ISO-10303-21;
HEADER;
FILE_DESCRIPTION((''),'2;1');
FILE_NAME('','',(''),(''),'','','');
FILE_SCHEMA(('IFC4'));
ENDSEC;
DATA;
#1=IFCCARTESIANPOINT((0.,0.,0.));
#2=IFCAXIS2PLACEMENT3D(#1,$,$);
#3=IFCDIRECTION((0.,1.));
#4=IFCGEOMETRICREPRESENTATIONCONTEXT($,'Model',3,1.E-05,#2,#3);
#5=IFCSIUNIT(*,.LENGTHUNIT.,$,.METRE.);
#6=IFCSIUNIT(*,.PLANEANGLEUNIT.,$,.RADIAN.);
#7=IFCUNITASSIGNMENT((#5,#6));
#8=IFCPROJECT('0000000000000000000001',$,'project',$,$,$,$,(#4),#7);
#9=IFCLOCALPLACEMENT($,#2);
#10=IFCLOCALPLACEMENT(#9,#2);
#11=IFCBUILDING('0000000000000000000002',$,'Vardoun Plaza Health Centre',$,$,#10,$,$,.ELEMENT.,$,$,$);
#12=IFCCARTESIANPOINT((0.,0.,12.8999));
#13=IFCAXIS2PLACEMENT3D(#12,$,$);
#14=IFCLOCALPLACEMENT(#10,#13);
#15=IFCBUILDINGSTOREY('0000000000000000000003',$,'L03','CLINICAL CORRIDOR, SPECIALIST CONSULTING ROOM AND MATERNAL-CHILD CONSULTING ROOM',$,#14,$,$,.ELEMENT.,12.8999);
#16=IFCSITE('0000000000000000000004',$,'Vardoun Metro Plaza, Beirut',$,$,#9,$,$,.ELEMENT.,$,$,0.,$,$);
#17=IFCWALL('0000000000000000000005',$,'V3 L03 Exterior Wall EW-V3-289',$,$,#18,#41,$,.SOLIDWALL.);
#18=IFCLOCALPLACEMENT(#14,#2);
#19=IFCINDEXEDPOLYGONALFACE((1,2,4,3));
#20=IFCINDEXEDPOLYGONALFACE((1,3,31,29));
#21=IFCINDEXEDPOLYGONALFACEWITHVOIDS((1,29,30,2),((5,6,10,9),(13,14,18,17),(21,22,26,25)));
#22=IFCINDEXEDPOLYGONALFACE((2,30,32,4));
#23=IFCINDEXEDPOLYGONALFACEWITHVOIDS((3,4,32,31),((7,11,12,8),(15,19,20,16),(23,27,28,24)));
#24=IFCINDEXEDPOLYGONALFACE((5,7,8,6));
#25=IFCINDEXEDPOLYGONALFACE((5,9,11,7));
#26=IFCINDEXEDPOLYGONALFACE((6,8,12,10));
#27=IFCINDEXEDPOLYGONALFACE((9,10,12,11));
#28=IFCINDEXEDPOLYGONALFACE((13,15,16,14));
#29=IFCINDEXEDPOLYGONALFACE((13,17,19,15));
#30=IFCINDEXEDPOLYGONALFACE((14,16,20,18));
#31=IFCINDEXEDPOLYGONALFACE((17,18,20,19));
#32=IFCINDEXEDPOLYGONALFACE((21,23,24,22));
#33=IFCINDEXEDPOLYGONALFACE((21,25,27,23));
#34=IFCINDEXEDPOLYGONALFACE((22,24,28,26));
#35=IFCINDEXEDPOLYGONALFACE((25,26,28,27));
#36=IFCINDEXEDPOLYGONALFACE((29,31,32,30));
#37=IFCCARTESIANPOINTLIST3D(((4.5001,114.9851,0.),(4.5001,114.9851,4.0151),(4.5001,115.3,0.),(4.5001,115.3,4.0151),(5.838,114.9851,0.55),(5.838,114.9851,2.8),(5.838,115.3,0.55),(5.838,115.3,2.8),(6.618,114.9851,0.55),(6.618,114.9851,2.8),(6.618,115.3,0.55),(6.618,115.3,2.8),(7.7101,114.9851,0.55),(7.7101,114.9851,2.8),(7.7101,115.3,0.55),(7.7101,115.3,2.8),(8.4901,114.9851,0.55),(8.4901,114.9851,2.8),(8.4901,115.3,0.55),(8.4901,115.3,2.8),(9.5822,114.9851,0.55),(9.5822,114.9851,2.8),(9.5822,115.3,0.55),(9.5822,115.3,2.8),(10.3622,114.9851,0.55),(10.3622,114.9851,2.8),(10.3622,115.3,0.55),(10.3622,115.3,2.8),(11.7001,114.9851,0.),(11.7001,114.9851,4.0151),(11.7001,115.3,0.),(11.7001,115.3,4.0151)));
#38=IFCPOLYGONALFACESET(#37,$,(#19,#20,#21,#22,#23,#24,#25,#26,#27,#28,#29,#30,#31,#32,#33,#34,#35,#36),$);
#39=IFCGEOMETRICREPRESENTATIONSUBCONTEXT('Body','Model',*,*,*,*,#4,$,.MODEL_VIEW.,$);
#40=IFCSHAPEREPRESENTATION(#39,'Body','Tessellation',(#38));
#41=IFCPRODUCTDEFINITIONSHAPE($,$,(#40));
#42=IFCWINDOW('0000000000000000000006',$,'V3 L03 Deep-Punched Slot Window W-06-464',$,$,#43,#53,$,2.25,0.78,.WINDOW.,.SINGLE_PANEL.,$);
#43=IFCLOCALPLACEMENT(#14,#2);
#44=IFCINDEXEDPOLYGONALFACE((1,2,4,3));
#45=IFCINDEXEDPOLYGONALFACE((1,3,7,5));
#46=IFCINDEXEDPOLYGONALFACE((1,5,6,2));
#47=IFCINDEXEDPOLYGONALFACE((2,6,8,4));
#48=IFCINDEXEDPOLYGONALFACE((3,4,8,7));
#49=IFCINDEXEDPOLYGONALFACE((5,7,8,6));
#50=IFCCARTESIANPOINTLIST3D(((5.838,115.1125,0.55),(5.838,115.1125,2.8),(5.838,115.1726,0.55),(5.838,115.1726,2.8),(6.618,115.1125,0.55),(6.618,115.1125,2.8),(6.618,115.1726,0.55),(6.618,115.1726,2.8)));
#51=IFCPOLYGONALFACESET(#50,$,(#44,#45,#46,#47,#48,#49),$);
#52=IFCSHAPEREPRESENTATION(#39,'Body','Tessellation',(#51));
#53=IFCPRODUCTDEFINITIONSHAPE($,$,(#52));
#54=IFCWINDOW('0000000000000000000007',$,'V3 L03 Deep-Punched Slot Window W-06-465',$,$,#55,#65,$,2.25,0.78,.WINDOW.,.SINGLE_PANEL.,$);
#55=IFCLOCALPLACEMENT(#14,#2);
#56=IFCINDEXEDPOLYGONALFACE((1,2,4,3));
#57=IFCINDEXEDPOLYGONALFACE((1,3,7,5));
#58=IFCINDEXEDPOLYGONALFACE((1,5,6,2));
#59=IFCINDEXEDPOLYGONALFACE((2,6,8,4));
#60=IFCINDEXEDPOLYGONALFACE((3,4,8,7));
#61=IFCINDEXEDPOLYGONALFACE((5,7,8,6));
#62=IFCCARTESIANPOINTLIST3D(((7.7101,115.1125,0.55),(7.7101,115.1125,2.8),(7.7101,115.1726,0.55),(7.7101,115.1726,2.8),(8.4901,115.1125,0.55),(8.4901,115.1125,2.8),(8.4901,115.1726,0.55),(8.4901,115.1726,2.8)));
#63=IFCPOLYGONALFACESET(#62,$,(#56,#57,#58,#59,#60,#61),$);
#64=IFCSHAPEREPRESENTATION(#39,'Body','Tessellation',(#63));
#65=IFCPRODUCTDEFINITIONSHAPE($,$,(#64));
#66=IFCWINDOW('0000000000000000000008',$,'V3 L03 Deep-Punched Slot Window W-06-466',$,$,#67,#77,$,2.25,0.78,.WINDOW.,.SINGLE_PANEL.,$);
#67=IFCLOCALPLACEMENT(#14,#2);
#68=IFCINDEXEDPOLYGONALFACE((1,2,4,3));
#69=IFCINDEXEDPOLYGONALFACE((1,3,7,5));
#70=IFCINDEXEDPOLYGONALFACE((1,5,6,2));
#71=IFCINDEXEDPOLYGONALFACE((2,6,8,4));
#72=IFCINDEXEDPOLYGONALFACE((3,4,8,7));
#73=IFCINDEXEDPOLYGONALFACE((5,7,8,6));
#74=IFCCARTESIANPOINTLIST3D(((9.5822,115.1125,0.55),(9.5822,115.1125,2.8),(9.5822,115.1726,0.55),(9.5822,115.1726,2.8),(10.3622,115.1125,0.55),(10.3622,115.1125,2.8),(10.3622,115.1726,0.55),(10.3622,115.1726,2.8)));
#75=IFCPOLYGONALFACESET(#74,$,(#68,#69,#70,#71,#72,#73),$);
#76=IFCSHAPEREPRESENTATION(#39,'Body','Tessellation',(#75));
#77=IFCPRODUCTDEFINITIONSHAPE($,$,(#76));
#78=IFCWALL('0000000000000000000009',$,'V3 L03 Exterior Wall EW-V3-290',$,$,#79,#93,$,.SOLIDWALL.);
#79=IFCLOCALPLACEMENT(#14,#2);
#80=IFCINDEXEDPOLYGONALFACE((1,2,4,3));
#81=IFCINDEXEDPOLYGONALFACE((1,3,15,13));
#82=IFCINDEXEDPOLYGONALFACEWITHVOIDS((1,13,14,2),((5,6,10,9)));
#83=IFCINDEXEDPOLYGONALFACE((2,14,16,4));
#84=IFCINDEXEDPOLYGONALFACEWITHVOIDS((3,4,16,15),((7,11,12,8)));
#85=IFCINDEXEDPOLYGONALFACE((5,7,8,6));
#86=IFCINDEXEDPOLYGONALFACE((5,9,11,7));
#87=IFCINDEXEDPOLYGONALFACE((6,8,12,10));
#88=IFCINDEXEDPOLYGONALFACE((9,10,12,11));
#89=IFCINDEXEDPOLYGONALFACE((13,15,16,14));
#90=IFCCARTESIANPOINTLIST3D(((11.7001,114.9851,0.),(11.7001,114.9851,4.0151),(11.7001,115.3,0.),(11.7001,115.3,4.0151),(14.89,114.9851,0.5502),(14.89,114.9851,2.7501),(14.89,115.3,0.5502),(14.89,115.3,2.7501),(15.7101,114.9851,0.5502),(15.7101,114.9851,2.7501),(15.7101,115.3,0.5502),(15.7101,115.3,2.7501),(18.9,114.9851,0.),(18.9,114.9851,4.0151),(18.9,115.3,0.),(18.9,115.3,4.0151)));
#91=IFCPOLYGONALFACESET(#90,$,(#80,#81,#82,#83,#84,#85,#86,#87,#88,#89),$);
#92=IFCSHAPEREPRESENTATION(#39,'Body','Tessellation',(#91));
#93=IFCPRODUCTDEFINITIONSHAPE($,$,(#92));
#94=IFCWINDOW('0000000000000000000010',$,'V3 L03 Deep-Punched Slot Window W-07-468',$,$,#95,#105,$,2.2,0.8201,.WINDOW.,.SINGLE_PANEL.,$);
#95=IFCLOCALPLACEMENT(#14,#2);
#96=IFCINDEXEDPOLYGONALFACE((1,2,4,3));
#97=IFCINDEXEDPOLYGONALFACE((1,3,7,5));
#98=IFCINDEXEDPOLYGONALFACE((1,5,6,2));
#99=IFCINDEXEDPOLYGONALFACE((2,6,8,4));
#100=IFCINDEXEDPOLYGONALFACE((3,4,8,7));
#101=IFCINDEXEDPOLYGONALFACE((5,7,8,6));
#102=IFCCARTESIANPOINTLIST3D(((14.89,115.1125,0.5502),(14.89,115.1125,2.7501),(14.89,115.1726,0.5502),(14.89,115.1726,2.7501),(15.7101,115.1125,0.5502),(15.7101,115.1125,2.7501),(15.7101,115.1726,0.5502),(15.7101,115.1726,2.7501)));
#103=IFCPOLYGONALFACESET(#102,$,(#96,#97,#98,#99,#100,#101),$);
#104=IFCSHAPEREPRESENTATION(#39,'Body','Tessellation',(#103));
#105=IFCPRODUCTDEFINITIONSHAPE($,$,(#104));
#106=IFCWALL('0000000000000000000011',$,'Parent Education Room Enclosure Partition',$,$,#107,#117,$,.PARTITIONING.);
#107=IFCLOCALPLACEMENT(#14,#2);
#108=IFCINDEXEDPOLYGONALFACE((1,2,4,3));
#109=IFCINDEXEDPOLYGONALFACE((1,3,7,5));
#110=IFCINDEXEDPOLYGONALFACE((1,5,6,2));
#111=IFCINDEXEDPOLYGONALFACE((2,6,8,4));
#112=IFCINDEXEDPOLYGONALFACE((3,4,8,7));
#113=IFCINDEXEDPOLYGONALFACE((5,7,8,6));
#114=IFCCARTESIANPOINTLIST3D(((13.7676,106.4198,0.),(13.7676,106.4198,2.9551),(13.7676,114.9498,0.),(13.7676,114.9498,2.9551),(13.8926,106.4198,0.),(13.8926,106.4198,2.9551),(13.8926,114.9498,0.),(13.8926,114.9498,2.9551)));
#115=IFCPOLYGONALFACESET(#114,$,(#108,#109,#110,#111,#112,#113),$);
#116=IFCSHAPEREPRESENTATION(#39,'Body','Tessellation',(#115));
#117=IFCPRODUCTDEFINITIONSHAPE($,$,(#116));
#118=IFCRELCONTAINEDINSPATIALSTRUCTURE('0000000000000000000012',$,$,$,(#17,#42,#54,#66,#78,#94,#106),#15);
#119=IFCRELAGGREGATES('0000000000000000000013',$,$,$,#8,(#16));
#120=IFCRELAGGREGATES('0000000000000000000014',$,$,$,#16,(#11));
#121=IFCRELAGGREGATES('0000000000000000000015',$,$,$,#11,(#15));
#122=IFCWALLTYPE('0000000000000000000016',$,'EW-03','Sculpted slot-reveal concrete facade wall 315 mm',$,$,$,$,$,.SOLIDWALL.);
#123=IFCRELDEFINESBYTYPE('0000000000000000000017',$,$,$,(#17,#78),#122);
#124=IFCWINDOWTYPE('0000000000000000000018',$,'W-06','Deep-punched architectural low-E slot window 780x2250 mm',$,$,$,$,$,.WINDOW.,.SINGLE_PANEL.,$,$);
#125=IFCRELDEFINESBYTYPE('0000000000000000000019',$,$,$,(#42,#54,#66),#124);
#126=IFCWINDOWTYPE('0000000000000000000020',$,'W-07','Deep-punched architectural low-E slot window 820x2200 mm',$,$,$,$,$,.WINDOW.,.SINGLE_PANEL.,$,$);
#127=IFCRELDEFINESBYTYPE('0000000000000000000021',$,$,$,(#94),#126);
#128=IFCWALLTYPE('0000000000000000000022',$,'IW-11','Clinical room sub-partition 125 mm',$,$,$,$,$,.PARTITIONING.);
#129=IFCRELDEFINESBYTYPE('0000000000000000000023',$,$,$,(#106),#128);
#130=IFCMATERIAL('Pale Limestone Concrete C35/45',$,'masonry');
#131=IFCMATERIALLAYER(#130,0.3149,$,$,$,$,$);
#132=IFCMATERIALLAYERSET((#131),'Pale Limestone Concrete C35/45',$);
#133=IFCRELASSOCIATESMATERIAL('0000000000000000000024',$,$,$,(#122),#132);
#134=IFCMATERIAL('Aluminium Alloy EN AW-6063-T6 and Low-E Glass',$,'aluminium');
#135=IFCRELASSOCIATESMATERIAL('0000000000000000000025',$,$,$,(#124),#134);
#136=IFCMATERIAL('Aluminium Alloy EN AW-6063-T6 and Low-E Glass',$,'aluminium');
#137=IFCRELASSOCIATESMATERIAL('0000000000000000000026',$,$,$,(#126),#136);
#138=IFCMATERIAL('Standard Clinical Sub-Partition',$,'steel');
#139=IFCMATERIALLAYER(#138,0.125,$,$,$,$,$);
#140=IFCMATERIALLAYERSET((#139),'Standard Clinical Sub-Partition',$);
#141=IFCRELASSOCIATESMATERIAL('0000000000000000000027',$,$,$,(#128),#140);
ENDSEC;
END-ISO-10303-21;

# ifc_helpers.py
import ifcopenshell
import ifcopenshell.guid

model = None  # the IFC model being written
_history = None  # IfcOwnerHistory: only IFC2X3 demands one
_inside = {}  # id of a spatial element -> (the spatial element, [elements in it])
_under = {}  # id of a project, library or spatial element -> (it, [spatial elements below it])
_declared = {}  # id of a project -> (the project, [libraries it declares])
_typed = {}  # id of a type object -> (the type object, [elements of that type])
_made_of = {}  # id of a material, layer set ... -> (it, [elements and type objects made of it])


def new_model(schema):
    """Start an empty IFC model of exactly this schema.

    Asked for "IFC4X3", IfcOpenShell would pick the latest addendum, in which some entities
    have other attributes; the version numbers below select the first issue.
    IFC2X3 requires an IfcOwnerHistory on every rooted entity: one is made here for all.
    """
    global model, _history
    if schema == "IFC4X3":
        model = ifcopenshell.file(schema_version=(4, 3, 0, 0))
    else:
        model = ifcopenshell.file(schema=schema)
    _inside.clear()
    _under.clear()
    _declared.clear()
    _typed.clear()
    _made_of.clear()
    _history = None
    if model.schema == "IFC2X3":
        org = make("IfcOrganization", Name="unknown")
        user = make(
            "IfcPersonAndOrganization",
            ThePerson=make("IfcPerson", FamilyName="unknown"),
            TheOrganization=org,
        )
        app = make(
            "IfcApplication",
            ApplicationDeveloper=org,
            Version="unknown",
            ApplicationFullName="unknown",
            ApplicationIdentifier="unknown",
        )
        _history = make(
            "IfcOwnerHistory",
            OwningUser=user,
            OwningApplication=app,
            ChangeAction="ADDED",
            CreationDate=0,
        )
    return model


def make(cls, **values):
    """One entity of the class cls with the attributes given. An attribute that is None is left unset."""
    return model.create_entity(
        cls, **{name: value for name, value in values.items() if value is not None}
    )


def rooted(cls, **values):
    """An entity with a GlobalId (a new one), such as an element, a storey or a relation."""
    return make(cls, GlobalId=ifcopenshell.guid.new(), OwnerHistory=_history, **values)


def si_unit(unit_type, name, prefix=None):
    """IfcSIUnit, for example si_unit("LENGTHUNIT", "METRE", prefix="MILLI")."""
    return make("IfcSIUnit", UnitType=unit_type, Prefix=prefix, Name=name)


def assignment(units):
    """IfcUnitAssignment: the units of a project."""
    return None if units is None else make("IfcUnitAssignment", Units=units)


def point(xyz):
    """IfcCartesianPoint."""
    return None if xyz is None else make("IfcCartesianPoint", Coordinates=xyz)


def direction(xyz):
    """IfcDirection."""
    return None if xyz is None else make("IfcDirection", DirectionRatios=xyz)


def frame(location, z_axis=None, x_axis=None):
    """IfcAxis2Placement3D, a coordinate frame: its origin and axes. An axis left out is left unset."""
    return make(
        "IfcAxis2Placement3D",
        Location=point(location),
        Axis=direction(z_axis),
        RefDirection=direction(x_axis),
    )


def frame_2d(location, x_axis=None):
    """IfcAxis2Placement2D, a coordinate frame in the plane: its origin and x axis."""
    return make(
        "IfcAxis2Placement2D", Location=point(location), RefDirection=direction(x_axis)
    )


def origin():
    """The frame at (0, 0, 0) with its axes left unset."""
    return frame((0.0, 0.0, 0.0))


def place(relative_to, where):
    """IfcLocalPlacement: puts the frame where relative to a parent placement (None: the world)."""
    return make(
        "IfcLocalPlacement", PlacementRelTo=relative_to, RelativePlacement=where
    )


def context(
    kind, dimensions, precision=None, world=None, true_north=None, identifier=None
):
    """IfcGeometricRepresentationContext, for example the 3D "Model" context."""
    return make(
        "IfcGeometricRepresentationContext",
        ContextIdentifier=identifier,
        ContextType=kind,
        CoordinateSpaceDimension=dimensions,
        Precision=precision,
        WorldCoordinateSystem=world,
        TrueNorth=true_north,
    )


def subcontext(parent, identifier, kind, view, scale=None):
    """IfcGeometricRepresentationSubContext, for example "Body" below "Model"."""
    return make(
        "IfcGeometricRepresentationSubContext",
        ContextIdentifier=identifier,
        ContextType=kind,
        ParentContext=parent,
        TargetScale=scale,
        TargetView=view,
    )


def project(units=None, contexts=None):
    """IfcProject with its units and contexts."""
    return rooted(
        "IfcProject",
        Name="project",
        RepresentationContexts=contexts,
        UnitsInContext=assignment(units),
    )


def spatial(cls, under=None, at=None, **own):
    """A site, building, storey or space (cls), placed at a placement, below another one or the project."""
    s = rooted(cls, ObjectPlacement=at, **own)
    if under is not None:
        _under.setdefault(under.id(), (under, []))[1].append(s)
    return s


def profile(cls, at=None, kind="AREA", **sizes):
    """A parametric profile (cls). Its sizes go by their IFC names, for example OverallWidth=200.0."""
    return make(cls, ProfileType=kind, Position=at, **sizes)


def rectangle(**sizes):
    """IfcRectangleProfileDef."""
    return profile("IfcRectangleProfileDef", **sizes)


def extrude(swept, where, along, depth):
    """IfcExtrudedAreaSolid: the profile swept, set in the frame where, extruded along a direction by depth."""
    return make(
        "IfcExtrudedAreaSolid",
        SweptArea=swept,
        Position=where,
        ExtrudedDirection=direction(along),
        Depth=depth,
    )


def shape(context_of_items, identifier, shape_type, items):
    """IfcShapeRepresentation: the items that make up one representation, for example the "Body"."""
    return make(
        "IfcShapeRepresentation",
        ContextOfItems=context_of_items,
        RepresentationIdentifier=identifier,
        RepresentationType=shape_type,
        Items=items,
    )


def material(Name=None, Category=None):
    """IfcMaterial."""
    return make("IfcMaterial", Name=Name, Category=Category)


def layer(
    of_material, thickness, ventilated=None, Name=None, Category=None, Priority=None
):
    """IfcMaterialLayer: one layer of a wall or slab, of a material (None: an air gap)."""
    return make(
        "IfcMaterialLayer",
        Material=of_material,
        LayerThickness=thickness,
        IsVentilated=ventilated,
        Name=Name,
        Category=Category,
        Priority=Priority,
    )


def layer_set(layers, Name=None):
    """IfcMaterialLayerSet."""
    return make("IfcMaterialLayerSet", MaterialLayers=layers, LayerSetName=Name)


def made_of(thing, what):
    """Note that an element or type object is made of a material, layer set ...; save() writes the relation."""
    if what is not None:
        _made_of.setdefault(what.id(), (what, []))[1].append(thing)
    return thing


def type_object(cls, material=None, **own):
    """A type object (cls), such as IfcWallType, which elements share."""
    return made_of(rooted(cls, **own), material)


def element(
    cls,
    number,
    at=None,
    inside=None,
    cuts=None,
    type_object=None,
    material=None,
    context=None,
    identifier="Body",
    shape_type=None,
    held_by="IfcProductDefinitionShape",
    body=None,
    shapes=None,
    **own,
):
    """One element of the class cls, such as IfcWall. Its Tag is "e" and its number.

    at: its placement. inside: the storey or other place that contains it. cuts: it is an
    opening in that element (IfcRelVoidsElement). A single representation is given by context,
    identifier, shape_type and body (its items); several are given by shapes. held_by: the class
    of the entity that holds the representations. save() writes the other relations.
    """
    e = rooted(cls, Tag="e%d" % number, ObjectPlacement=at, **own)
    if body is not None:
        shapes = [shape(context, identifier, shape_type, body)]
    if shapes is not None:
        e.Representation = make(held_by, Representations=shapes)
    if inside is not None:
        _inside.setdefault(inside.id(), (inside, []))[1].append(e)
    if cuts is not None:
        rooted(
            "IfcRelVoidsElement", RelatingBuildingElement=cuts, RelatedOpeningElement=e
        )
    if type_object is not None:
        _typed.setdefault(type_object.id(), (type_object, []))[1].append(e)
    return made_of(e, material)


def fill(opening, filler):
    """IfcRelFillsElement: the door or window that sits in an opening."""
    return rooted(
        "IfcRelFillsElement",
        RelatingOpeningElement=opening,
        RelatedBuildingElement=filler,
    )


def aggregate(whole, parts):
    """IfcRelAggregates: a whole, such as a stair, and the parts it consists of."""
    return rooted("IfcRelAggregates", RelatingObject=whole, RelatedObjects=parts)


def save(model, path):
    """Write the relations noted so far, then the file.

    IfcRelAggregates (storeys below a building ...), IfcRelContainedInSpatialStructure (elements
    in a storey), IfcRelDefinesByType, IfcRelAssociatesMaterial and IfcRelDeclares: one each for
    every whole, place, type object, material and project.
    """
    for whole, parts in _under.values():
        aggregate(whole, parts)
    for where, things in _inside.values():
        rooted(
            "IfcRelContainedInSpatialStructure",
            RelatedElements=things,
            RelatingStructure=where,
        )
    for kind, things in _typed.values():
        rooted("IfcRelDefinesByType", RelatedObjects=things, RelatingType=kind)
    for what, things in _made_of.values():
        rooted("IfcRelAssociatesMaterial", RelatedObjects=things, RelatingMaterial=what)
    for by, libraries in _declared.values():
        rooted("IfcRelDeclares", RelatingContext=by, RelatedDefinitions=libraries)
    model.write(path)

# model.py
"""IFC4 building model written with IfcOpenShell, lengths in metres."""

from ifc_helpers import new_model, si_unit, direction, frame, frame_2d, origin, place, context, subcontext, project, spatial, rectangle, extrude, material, layer, layer_set, type_object, element, fill, save


model = new_model("IFC4")

# Units and contexts
model_context = context("Model", 3, precision=1e-05, world=origin(), true_north=direction((0.0, 1.0)))
body_context = subcontext(model_context, "Body", "Model", "MODEL_VIEW")
ifc_project = project(units=[si_unit("LENGTHUNIT", "METRE"), si_unit("PLANEANGLEUNIT", "RADIAN")], contexts=[model_context])

# Site, building, storey
site_placement = place(None, origin())
site = spatial("IfcSite", under=ifc_project, at=site_placement, Name="Vardoun Metro Plaza, Beirut", CompositionType="ELEMENT", RefElevation=0.0)
building_placement = place(site_placement, origin())
building = spatial("IfcBuilding", under=site, at=building_placement, Name="Vardoun Plaza Health Centre", CompositionType="ELEMENT")
storey_placement = place(building_placement, frame((0.0, 0.0, 12.8999)))
storey = spatial("IfcBuildingStorey", under=building, at=storey_placement, Name="L03", Description="CLINICAL CORRIDOR, SPECIALIST CONSULTING ROOM AND MATERNAL-CHILD CONSULTING ROOM", CompositionType="ELEMENT", Elevation=12.8999)

# Wall, openings, windows
ifc_material_1 = material(Name="Pale Limestone Concrete C35/45", Category="masonry")
ifc_layer_1 = layer(ifc_material_1, 0.3149)
ifc_layer_set_1 = layer_set([ifc_layer_1], Name="Pale Limestone Concrete C35/45")
wall_type_1 = type_object("IfcWallType", Name="EW-03", Description="Sculpted slot-reveal concrete facade wall 315 mm", PredefinedType="SOLIDWALL", material=ifc_layer_set_1)
wall_1_placement = place(storey_placement, frame((4.5, 115.1426, 0.0), z_axis=(0.0, 0.0, 1.0), x_axis=(1.0, 0.0, 0.0)))
wall_1 = element("IfcWall", 1, at=wall_1_placement, inside=storey, type_object=wall_type_1, Name="V3 L03 Exterior Wall EW-V3-289", PredefinedType="SOLIDWALL", context=body_context, shape_type="SweptSolid", body=[
    extrude(rectangle(XDim=7.2, YDim=0.3149, at=frame_2d((3.6001, 0.0))), origin(), (0.0, 0.0, 1.0), 4.0151),
])
opening_1_placement = place(wall_1_placement, frame((1.3379, 0.0, 0.55)))
opening_1 = element("IfcOpeningElement", 2, at=opening_1_placement, cuts=wall_1, PredefinedType="OPENING", context=body_context, shape_type="SweptSolid", body=[
    extrude(rectangle(XDim=0.78, YDim=2.25, at=frame_2d((0.3901, 1.125))), frame((0.0, 0.1575, 0.0), z_axis=(0.0, -1.0, 0.0), x_axis=(1.0, 0.0, 0.0)), (0.0, 0.0, 1.0), 0.3149),
])
opening_2_placement = place(wall_1_placement, frame((3.21, 0.0, 0.55)))
opening_2 = element("IfcOpeningElement", 3, at=opening_2_placement, cuts=wall_1, PredefinedType="OPENING", context=body_context, shape_type="SweptSolid", body=[
    extrude(rectangle(XDim=0.78, YDim=2.25, at=frame_2d((0.3901, 1.125))), frame((0.0, 0.1575, 0.0), z_axis=(0.0, -1.0, 0.0), x_axis=(1.0, 0.0, 0.0)), (0.0, 0.0, 1.0), 0.3149),
])
opening_3_placement = place(wall_1_placement, frame((5.082, 0.0, 0.55)))
opening_3 = element("IfcOpeningElement", 4, at=opening_3_placement, cuts=wall_1, PredefinedType="OPENING", context=body_context, shape_type="SweptSolid", body=[
    extrude(rectangle(XDim=0.78, YDim=2.25, at=frame_2d((0.3901, 1.125))), frame((0.0, 0.1575, 0.0), z_axis=(0.0, -1.0, 0.0), x_axis=(1.0, 0.0, 0.0)), (0.0, 0.0, 1.0), 0.3149),
])
ifc_material_2 = material(Name="Aluminium Alloy EN AW-6063-T6 and Low-E Glass", Category="aluminium")
window_type_1 = type_object("IfcWindowType", Name="W-06", Description="Deep-punched architectural low-E slot window 780x2250 mm", PartitioningType="SINGLE_PANEL", PredefinedType="WINDOW", material=ifc_material_2)
window_1_placement = place(opening_1_placement, origin())
window_1 = element("IfcWindow", 5, at=window_1_placement, inside=storey, type_object=window_type_1, Name="V3 L03 Deep-Punched Slot Window W-06-464", OverallHeight=2.25, OverallWidth=0.78, PartitioningType="SINGLE_PANEL", PredefinedType="WINDOW", context=body_context, shape_type="SweptSolid", body=[
    extrude(rectangle(XDim=0.78, YDim=2.25, at=frame_2d((0.3901, 1.125))), frame((0.0, 0.03, 0.0), z_axis=(0.0, -1.0, 0.0), x_axis=(1.0, 0.0, 0.0)), (0.0, 0.0, 1.0), 0.0601),
])
fill(opening_1, window_1)
window_2_placement = place(opening_2_placement, origin())
window_2 = element("IfcWindow", 6, at=window_2_placement, inside=storey, type_object=window_type_1, Name="V3 L03 Deep-Punched Slot Window W-06-465", OverallHeight=2.25, OverallWidth=0.78, PartitioningType="SINGLE_PANEL", PredefinedType="WINDOW", context=body_context, shape_type="SweptSolid", body=[
    extrude(rectangle(XDim=0.78, YDim=2.25, at=frame_2d((0.3901, 1.125))), frame((0.0, 0.03, 0.0), z_axis=(0.0, -1.0, 0.0), x_axis=(1.0, 0.0, 0.0)), (0.0, 0.0, 1.0), 0.0601),
])
fill(opening_2, window_2)
window_3_placement = place(opening_3_placement, origin())
window_3 = element("IfcWindow", 7, at=window_3_placement, inside=storey, type_object=window_type_1, Name="V3 L03 Deep-Punched Slot Window W-06-466", OverallHeight=2.25, OverallWidth=0.78, PartitioningType="SINGLE_PANEL", PredefinedType="WINDOW", context=body_context, shape_type="SweptSolid", body=[
    extrude(rectangle(XDim=0.78, YDim=2.25, at=frame_2d((0.3901, 1.125))), frame((0.0, 0.03, 0.0), z_axis=(0.0, -1.0, 0.0), x_axis=(1.0, 0.0, 0.0)), (0.0, 0.0, 1.0), 0.0601),
])
fill(opening_3, window_3)

# Wall, opening, window
wall_2_placement = place(storey_placement, frame((11.7, 115.1426, 0.0), z_axis=(0.0, 0.0, 1.0), x_axis=(1.0, 0.0, 0.0)))
wall_2 = element("IfcWall", 8, at=wall_2_placement, inside=storey, type_object=wall_type_1, Name="V3 L03 Exterior Wall EW-V3-290", PredefinedType="SOLIDWALL", context=body_context, shape_type="SweptSolid", body=[
    extrude(rectangle(XDim=7.2, YDim=0.3149, at=frame_2d((3.6001, 0.0))), origin(), (0.0, 0.0, 1.0), 4.0151),
])
opening_4_placement = place(wall_2_placement, frame((3.1899, 0.0, 0.55)))
opening_4 = element("IfcOpeningElement", 9, at=opening_4_placement, cuts=wall_2, PredefinedType="OPENING", context=body_context, shape_type="SweptSolid", body=[
    extrude(rectangle(XDim=0.8201, YDim=2.2, at=frame_2d((0.4102, 1.1001))), frame((0.0, 0.1575, 0.0), z_axis=(0.0, -1.0, 0.0), x_axis=(1.0, 0.0, 0.0)), (0.0, 0.0, 1.0), 0.3149),
])
ifc_material_3 = material(Name="Aluminium Alloy EN AW-6063-T6 and Low-E Glass", Category="aluminium")
window_type_2 = type_object("IfcWindowType", Name="W-07", Description="Deep-punched architectural low-E slot window 820x2200 mm", PartitioningType="SINGLE_PANEL", PredefinedType="WINDOW", material=ifc_material_3)
window_4_placement = place(opening_4_placement, origin())
window_4 = element("IfcWindow", 10, at=window_4_placement, inside=storey, type_object=window_type_2, Name="V3 L03 Deep-Punched Slot Window W-07-468", OverallHeight=2.2, OverallWidth=0.8201, PartitioningType="SINGLE_PANEL", PredefinedType="WINDOW", context=body_context, shape_type="SweptSolid", body=[
    extrude(rectangle(XDim=0.8201, YDim=2.2, at=frame_2d((0.4102, 1.1001))), frame((0.0, 0.03, 0.0), z_axis=(0.0, -1.0, 0.0), x_axis=(1.0, 0.0, 0.0)), (0.0, 0.0, 1.0), 0.0601),
])
fill(opening_4, window_4)

# Wall
ifc_material_4 = material(Name="Standard Clinical Sub-Partition", Category="steel")
ifc_layer_2 = layer(ifc_material_4, 0.125)
ifc_layer_set_2 = layer_set([ifc_layer_2], Name="Standard Clinical Sub-Partition")
wall_type_2 = type_object("IfcWallType", Name="IW-11", Description="Clinical room sub-partition 125 mm", PredefinedType="PARTITIONING", material=ifc_layer_set_2)
wall_3_placement = place(storey_placement, frame((13.8301, 114.95, 0.0), z_axis=(0.0, 0.0, 1.0), x_axis=(0.0, -1.0, 0.0)))
element("IfcWall", 11, at=wall_3_placement, inside=storey, type_object=wall_type_2, Name="Parent Education Room Enclosure Partition", PredefinedType="PARTITIONING", context=body_context, shape_type="SweptSolid", body=[
    extrude(rectangle(XDim=8.53, YDim=0.125, at=frame_2d((4.2651, 0.0))), origin(), (0.0, 0.0, 1.0), 2.9551),
])

save(model, "model.ifc")
